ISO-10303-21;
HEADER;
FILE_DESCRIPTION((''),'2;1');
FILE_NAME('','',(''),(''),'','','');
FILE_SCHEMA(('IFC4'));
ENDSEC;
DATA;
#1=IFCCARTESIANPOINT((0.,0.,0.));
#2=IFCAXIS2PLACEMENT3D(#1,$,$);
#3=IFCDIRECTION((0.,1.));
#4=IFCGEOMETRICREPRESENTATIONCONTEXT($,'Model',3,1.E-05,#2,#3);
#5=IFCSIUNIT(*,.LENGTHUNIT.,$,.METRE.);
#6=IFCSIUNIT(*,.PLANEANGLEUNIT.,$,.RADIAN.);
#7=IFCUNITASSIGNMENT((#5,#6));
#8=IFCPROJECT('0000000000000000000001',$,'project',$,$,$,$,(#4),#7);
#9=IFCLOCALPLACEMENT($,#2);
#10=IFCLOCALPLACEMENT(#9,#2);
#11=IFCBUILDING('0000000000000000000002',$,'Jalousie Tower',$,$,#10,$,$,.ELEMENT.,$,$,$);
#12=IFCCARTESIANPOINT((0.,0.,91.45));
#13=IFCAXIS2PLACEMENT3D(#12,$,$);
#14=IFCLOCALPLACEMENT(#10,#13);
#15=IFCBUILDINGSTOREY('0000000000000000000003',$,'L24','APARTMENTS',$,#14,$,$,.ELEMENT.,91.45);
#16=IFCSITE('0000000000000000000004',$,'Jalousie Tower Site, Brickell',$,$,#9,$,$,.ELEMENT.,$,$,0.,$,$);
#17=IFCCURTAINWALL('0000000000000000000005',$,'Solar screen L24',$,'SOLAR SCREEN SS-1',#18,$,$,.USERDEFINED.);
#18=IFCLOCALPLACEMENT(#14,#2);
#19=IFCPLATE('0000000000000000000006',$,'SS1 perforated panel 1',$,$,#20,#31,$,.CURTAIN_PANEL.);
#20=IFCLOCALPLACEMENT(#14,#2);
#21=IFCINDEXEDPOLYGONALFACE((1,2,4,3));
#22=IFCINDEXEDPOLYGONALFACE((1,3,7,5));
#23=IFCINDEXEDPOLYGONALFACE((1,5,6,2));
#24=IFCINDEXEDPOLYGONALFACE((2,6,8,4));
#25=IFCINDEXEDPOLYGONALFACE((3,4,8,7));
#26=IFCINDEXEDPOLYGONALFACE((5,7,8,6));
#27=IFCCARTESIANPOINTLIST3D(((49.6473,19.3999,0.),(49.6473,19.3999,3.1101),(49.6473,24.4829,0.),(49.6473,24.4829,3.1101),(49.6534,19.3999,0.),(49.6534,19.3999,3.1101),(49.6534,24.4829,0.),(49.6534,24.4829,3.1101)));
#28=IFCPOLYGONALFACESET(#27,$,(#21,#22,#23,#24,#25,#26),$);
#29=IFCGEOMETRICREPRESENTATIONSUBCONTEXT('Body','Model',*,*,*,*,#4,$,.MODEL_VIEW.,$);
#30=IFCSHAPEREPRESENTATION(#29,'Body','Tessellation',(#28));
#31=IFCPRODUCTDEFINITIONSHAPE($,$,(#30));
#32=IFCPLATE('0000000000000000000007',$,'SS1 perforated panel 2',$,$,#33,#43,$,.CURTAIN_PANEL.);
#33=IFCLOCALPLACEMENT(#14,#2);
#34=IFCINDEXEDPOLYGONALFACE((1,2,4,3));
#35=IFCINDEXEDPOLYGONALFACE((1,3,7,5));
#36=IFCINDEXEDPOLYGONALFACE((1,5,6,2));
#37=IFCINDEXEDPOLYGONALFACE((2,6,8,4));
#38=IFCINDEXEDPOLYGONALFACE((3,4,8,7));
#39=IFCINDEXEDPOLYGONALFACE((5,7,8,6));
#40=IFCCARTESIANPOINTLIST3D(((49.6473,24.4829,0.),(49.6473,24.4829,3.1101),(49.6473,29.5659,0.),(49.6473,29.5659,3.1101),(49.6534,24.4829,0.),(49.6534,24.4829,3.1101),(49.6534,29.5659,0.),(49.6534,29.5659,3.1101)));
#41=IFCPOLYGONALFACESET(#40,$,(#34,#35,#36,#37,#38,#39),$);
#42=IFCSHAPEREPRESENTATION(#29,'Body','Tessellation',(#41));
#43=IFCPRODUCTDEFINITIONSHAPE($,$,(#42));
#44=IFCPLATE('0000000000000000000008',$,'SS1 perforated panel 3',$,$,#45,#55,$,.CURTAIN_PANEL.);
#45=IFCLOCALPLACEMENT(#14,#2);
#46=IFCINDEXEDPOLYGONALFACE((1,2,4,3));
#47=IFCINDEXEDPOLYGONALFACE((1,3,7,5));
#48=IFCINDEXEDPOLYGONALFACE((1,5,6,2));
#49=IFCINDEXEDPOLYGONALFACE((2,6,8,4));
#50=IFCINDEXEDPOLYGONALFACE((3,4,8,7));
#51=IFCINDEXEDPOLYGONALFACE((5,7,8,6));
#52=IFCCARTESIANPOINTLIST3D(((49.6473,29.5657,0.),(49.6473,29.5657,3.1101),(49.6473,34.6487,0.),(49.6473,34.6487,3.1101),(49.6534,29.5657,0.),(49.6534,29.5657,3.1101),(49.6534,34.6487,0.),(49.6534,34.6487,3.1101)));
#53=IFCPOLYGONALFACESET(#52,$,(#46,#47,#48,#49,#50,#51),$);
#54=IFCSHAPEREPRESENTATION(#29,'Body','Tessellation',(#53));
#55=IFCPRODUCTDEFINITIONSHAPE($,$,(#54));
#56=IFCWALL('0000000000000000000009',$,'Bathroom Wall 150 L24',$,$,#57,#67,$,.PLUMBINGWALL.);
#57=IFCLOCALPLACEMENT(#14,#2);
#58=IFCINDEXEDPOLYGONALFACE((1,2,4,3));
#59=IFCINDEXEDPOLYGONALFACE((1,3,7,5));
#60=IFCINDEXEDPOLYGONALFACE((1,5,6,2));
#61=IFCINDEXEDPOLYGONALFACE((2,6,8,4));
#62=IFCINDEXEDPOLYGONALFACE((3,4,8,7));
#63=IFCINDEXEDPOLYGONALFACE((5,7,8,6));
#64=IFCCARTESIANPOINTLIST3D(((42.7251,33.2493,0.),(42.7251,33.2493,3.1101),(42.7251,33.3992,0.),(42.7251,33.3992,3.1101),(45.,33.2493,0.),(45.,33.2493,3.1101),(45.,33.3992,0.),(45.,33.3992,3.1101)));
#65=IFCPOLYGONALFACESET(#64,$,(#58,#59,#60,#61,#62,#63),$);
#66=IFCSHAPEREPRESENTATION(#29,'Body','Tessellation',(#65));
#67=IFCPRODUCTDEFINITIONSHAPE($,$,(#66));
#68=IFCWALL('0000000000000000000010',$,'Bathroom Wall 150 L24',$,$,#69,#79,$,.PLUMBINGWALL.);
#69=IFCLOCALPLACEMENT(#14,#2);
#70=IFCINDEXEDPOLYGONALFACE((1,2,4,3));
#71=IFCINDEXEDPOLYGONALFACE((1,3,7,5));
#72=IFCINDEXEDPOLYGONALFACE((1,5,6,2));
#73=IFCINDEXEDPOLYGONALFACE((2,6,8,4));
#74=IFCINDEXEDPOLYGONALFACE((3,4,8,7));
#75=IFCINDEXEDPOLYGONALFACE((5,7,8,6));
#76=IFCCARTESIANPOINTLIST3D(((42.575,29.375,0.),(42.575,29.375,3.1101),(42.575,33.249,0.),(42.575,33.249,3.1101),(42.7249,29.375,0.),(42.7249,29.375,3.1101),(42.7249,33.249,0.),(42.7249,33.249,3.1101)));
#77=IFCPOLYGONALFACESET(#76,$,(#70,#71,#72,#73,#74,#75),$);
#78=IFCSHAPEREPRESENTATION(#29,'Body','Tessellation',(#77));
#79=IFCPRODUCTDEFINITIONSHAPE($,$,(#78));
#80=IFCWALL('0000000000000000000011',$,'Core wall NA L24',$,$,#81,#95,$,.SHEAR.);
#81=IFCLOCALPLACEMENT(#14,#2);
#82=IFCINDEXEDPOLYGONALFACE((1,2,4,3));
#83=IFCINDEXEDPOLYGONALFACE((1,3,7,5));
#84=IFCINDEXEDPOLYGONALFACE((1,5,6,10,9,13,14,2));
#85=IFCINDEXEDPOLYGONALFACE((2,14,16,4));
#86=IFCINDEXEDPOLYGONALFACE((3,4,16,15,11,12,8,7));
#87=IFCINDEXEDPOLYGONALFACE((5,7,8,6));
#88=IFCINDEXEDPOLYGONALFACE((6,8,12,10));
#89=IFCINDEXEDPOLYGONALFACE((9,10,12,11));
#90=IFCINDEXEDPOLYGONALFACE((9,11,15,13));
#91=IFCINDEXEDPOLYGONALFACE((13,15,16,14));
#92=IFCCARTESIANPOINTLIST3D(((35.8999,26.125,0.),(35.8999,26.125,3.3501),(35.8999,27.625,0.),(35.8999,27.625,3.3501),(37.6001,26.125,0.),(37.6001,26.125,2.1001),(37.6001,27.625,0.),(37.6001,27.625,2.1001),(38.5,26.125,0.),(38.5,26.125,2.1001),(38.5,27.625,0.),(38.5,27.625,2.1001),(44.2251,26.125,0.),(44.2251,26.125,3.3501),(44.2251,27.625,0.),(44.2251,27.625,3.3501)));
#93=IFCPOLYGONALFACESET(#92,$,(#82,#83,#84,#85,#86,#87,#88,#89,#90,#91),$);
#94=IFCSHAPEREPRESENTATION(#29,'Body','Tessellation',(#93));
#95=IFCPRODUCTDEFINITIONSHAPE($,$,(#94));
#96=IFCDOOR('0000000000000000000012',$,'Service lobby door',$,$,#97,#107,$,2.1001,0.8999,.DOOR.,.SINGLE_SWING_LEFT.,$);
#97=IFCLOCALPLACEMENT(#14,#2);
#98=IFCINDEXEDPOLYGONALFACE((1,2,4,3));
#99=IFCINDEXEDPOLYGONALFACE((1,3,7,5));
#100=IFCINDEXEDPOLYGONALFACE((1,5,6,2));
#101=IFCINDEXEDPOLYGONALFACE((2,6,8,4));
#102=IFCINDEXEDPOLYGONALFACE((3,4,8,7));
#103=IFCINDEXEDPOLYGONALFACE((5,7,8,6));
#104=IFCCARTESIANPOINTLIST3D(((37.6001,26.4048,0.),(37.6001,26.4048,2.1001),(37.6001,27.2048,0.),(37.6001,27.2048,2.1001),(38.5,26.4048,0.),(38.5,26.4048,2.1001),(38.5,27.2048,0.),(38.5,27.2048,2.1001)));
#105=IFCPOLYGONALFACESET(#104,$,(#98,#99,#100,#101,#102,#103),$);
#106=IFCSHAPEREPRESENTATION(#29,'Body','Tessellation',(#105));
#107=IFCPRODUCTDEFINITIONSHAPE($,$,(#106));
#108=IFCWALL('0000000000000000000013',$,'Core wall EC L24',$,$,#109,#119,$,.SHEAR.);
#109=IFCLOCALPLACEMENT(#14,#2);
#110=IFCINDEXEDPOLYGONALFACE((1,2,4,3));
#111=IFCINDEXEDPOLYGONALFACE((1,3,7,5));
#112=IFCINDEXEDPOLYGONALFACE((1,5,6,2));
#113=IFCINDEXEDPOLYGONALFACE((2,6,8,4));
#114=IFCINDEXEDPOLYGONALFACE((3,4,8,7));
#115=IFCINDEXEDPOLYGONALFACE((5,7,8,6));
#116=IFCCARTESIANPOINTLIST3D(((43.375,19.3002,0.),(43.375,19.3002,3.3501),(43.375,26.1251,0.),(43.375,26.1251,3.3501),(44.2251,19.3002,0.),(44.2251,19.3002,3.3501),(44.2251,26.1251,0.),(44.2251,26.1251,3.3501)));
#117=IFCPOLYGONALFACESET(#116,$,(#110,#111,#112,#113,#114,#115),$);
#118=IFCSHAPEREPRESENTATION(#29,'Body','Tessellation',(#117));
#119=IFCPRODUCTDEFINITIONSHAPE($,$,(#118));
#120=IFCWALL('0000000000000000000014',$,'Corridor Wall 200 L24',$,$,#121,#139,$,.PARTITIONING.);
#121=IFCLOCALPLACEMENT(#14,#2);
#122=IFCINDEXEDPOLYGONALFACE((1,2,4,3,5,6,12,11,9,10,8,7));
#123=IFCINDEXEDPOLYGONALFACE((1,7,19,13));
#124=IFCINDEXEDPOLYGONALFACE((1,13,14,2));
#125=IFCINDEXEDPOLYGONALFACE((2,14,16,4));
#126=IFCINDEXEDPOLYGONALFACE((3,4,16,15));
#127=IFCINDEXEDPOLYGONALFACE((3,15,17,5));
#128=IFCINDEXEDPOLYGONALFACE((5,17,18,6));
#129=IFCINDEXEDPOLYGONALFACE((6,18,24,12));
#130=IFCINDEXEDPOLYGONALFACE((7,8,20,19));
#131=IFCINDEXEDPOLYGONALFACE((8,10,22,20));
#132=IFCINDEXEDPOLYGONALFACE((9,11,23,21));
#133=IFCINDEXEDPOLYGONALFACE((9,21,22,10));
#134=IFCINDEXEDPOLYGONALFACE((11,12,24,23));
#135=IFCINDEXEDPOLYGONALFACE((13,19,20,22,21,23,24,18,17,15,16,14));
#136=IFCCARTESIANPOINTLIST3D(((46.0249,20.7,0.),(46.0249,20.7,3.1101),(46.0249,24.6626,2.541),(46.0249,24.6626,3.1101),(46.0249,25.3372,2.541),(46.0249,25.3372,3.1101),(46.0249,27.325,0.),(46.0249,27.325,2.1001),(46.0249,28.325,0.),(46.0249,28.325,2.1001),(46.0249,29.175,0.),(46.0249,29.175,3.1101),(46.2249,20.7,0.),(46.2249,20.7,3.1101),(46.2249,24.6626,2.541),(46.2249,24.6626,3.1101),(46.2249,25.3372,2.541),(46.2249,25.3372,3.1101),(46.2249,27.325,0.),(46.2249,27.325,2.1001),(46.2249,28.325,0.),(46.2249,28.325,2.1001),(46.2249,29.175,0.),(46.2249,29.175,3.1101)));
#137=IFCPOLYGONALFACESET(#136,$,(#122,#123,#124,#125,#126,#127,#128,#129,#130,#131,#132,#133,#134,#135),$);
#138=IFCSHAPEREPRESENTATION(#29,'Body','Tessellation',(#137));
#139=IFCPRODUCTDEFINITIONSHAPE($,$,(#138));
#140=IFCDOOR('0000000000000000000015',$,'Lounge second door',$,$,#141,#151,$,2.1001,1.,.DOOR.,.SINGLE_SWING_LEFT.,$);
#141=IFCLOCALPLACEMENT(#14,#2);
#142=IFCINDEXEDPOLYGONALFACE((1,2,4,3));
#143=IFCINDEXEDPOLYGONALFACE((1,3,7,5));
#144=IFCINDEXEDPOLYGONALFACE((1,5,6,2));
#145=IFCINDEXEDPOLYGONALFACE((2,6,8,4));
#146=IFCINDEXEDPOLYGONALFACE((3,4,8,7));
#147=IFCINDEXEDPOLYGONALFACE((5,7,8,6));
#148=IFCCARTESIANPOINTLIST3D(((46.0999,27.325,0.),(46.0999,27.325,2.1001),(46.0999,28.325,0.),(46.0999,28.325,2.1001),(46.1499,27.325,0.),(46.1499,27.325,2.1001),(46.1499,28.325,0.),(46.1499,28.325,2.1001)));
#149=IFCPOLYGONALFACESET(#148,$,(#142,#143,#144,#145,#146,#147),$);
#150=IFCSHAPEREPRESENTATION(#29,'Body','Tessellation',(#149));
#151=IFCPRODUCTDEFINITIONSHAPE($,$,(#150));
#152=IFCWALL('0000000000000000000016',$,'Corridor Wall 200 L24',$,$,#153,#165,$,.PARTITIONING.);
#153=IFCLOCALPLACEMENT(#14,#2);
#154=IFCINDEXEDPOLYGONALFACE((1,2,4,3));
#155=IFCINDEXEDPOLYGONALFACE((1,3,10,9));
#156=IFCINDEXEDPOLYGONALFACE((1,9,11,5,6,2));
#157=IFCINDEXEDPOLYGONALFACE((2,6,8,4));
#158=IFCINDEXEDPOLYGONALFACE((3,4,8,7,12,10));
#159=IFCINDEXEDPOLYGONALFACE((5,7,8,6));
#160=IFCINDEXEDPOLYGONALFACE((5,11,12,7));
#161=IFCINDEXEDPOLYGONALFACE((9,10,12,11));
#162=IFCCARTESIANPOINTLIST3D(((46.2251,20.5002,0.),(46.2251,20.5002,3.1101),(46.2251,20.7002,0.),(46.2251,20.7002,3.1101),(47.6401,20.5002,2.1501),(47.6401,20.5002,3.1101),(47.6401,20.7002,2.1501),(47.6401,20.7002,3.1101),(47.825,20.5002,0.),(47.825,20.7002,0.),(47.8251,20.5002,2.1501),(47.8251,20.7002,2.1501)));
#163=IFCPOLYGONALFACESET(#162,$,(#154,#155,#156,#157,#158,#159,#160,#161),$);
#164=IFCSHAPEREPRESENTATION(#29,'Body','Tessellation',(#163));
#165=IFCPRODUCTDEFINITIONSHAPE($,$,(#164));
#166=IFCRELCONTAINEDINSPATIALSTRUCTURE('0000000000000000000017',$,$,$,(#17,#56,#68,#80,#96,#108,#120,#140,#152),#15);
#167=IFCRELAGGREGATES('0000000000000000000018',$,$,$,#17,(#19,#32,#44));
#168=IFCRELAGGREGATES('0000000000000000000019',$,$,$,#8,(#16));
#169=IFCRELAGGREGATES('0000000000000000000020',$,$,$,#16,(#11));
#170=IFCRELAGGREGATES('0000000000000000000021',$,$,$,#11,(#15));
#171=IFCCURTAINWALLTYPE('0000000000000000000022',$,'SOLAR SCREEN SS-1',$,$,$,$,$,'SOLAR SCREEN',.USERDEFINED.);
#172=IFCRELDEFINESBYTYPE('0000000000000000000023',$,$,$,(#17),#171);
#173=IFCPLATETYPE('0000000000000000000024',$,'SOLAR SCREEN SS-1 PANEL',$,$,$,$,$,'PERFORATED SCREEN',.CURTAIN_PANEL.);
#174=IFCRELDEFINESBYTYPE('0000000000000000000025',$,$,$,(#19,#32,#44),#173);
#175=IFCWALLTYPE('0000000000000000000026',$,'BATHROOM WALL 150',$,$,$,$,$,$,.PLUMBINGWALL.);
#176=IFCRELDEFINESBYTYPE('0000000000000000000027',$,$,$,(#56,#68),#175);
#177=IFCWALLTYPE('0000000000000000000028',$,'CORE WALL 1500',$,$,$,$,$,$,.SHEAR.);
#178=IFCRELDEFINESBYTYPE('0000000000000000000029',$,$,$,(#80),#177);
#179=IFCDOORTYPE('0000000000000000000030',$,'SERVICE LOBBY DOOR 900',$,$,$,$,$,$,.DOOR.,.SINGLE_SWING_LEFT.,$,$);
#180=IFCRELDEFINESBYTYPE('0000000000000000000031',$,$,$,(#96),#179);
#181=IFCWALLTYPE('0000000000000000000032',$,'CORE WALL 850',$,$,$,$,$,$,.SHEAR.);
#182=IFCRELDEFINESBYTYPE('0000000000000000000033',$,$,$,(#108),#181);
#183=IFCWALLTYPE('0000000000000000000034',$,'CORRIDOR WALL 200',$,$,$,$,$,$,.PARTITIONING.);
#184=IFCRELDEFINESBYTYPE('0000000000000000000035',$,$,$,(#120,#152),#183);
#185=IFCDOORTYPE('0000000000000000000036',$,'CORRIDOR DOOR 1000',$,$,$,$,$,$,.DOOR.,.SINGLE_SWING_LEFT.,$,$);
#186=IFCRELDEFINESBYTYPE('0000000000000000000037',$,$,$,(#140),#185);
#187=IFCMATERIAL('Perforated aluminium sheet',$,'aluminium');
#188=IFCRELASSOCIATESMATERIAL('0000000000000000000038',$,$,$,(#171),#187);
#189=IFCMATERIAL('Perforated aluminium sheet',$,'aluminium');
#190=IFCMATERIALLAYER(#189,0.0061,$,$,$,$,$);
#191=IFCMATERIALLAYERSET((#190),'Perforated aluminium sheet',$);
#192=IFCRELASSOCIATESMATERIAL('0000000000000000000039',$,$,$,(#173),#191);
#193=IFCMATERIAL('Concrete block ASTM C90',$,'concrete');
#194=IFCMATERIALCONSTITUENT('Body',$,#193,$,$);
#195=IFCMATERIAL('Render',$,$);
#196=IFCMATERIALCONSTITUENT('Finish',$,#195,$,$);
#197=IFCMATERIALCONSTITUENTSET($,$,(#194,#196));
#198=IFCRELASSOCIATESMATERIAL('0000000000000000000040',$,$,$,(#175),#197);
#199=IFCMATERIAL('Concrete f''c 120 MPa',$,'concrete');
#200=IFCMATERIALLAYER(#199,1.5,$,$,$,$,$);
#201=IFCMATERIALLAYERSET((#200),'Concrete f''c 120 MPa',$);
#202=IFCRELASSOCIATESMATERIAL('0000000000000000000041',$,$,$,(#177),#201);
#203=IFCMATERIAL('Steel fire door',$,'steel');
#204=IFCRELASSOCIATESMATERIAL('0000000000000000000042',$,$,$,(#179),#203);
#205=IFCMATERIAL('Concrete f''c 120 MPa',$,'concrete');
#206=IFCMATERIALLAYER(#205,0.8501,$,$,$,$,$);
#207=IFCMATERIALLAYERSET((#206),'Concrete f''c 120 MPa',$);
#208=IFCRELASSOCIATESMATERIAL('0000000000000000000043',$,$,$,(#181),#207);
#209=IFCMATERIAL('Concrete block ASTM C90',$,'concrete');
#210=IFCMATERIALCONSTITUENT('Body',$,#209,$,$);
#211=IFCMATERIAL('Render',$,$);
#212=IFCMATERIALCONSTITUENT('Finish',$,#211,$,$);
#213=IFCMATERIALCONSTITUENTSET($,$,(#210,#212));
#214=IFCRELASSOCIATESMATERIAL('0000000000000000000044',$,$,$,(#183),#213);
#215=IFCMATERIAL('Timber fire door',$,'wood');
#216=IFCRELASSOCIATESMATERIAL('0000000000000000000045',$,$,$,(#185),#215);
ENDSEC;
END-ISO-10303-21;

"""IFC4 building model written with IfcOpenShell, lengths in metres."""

from ifc_helpers import new_model, si_unit, direction, frame, frame_2d, origin, origin_2d, place, context, subcontext, project, spatial, polyline, rectangle, outline, extrude, material, layer, layer_set, constituent, constituent_set, type_object, element, fill, aggregate, save


model = new_model("IFC4")

# Units and contexts
model_context = context("Model", 3, precision=1e-05, world=origin(), true_north=direction((0.0, 1.0)))
body_context = subcontext(model_context, "Body", "Model", "MODEL_VIEW")
ifc_project = project(units=[si_unit("LENGTHUNIT", "METRE"), si_unit("PLANEANGLEUNIT", "RADIAN")], contexts=[model_context])

# Site, building, storey
site_placement = place(None, origin())
site = spatial("IfcSite", under=ifc_project, at=site_placement, Name="Jalousie Tower Site, Brickell", CompositionType="ELEMENT", RefElevation=0.0)
building_placement = place(site_placement, origin())
building = spatial("IfcBuilding", under=site, at=building_placement, Name="Jalousie Tower", CompositionType="ELEMENT")
storey_placement = place(building_placement, frame((0.0, 0.0, 91.45)))
storey = spatial("IfcBuildingStorey", under=building, at=storey_placement, Name="L24", Description="APARTMENTS", CompositionType="ELEMENT", Elevation=91.45)

# Curtain wall, plates
ifc_material_1 = material(Name="Perforated aluminium sheet", Category="aluminium")
curtain_wall_type = type_object("IfcCurtainWallType", Name="SOLAR SCREEN SS-1", ElementType="SOLAR SCREEN", PredefinedType="USERDEFINED", material=ifc_material_1)
curtain_wall_placement = place(storey_placement, origin())
curtain_wall = element("IfcCurtainWall", 1, at=curtain_wall_placement, inside=storey, type_object=curtain_wall_type, Name="Solar screen L24", ObjectType="SOLAR SCREEN SS-1", PredefinedType="USERDEFINED")
ifc_material_2 = material(Name="Perforated aluminium sheet", Category="aluminium")
ifc_layer_1 = layer(ifc_material_2, 0.0061)
ifc_layer_set_1 = layer_set([ifc_layer_1], Name="Perforated aluminium sheet")
plate_type = type_object("IfcPlateType", Name="SOLAR SCREEN SS-1 PANEL", ElementType="PERFORATED SCREEN", PredefinedType="CURTAIN_PANEL", material=ifc_layer_set_1)
plate_1_placement = place(storey_placement, frame((49.6504, 21.9414, 0.0), z_axis=(0.0, 0.0, 1.0), x_axis=(0.0, 1.0, 0.0)))
plate_1 = element("IfcPlate", 2, at=plate_1_placement, type_object=plate_type, Name="SS1 perforated panel 1", PredefinedType="CURTAIN_PANEL", context=body_context, shape_type="SweptSolid", body=[
    extrude(rectangle(XDim=5.083, YDim=0.0061, at=origin_2d()), origin(), (0.0, 0.0, 1.0), 3.1101),
])
plate_2_placement = place(storey_placement, frame((49.6504, 27.0244, 0.0), z_axis=(0.0, 0.0, 1.0), x_axis=(0.0, 1.0, 0.0)))
plate_2 = element("IfcPlate", 3, at=plate_2_placement, type_object=plate_type, Name="SS1 perforated panel 2", PredefinedType="CURTAIN_PANEL", context=body_context, shape_type="SweptSolid", body=[
    extrude(rectangle(XDim=5.083, YDim=0.0061, at=origin_2d()), origin(), (0.0, 0.0, 1.0), 3.1101),
])
plate_3_placement = place(storey_placement, frame((49.6504, 32.1072, 0.0), z_axis=(0.0, 0.0, 1.0), x_axis=(0.0, 1.0, 0.0)))
plate_3 = element("IfcPlate", 4, at=plate_3_placement, type_object=plate_type, Name="SS1 perforated panel 3", PredefinedType="CURTAIN_PANEL", context=body_context, shape_type="SweptSolid", body=[
    extrude(rectangle(XDim=5.083, YDim=0.0061, at=origin_2d()), origin(), (0.0, 0.0, 1.0), 3.1101),
])
aggregate(curtain_wall, [plate_1, plate_2, plate_3])

# Walls
ifc_material_3 = material(Name="Concrete block ASTM C90", Category="concrete")
ifc_constituent_1 = constituent(ifc_material_3, Name="Body")
ifc_material_4 = material(Name="Render")
ifc_constituent_2 = constituent(ifc_material_4, Name="Finish")
ifc_constituent_set_1 = constituent_set(constituents=[ifc_constituent_1, ifc_constituent_2])
wall_type_1 = type_object("IfcWallType", Name="BATHROOM WALL 150", PredefinedType="PLUMBINGWALL", material=ifc_constituent_set_1)
wall_1_placement = place(storey_placement, frame((42.7251, 33.3242, 0.0), z_axis=(0.0, 0.0, 1.0), x_axis=(1.0, 0.0, 0.0)))
element("IfcWall", 5, at=wall_1_placement, inside=storey, type_object=wall_type_1, Name="Bathroom Wall 150 L24", PredefinedType="PLUMBINGWALL", context=body_context, shape_type="SweptSolid", body=[
    extrude(rectangle(XDim=2.2749, YDim=0.1499, at=frame_2d((1.1375, 0.0))), origin(), (0.0, 0.0, 1.0), 3.1101),
])
wall_2_placement = place(storey_placement, frame((42.6499, 33.249, 0.0), z_axis=(0.0, 0.0, 1.0), x_axis=(0.0, -1.0, 0.0)))
element("IfcWall", 6, at=wall_2_placement, inside=storey, type_object=wall_type_1, Name="Bathroom Wall 150 L24", PredefinedType="PLUMBINGWALL", context=body_context, shape_type="SweptSolid", body=[
    extrude(rectangle(XDim=3.874, YDim=0.1499, at=frame_2d((1.937, 0.0))), origin(), (0.0, 0.0, 1.0), 3.1101),
])

# Wall, opening, door
ifc_material_5 = material(Name="Concrete f'c 120 MPa", Category="concrete")
ifc_layer_2 = layer(ifc_material_5, 1.5)
ifc_layer_set_2 = layer_set([ifc_layer_2], Name="Concrete f'c 120 MPa")
wall_type_2 = type_object("IfcWallType", Name="CORE WALL 1500", PredefinedType="SHEAR", material=ifc_layer_set_2)
wall_3_placement = place(storey_placement, frame((44.2251, 26.875, 0.0), z_axis=(0.0, 0.0, 1.0), x_axis=(-1.0, 0.0, 0.0)))
wall_3 = element("IfcWall", 7, at=wall_3_placement, inside=storey, type_object=wall_type_2, Name="Core wall NA L24", PredefinedType="SHEAR", context=body_context, shape_type="SweptSolid", body=[
    extrude(rectangle(XDim=8.3252, YDim=1.5, at=frame_2d((4.1626, 0.0))), origin(), (0.0, 0.0, 1.0), 3.3501),
])
opening_1_placement = place(wall_3_placement, frame((5.7251, 0.0, 0.0)))
opening_1 = element("IfcOpeningElement", 8, at=opening_1_placement, cuts=wall_3, PredefinedType="OPENING", context=body_context, shape_type="SweptSolid", body=[
    extrude(rectangle(XDim=0.8999, YDim=2.1001, at=frame_2d((0.45, 1.05))), frame((0.0, 0.76, 0.0), z_axis=(0.0, -1.0, 0.0), x_axis=(1.0, 0.0, 0.0)), (0.0, 0.0, 1.0), 1.52),
])
ifc_material_6 = material(Name="Steel fire door", Category="steel")
door_type_1 = type_object("IfcDoorType", Name="SERVICE LOBBY DOOR 900", OperationType="SINGLE_SWING_LEFT", PredefinedType="DOOR", material=ifc_material_6)
door_1_placement = place(opening_1_placement, origin())
door_1 = element("IfcDoor", 9, at=door_1_placement, inside=storey, type_object=door_type_1, Name="Service lobby door", OperationType="SINGLE_SWING_LEFT", OverallHeight=2.1001, OverallWidth=0.8999, PredefinedType="DOOR", context=body_context, shape_type="SweptSolid", body=[
    extrude(rectangle(XDim=0.8999, YDim=2.1001, at=frame_2d((0.45, 1.05))), frame((0.0, 0.4702, 0.0), z_axis=(0.0, -1.0, 0.0), x_axis=(1.0, 0.0, 0.0)), (0.0, 0.0, 1.0), 0.8),
])
fill(opening_1, door_1)

# Wall
ifc_material_7 = material(Name="Concrete f'c 120 MPa", Category="concrete")
ifc_layer_3 = layer(ifc_material_7, 0.8501)
ifc_layer_set_3 = layer_set([ifc_layer_3], Name="Concrete f'c 120 MPa")
wall_type_3 = type_object("IfcWallType", Name="CORE WALL 850", PredefinedType="SHEAR", material=ifc_layer_set_3)
wall_4_placement = place(storey_placement, frame((43.8, 19.3, 0.0), z_axis=(0.0, 0.0, 1.0), x_axis=(0.0, 1.0, 0.0)))
element("IfcWall", 10, at=wall_4_placement, inside=storey, type_object=wall_type_3, Name="Core wall EC L24", PredefinedType="SHEAR", context=body_context, shape_type="SweptSolid", body=[
    extrude(rectangle(XDim=6.825, YDim=0.8501, at=frame_2d((3.4126, 0.0))), origin(), (0.0, 0.0, 1.0), 3.3501),
])

# Wall, opening, door
ifc_material_8 = material(Name="Concrete block ASTM C90", Category="concrete")
ifc_constituent_3 = constituent(ifc_material_8, Name="Body")
ifc_material_9 = material(Name="Render")
ifc_constituent_4 = constituent(ifc_material_9, Name="Finish")
ifc_constituent_set_2 = constituent_set(constituents=[ifc_constituent_3, ifc_constituent_4])
wall_type_4 = type_object("IfcWallType", Name="CORRIDOR WALL 200", PredefinedType="PARTITIONING", material=ifc_constituent_set_2)
wall_5_placement = place(storey_placement, frame((46.125, 20.7, 0.0), z_axis=(0.0, 0.0, 1.0), x_axis=(0.0, 1.0, 0.0)))
wall_5 = element("IfcWall", 11, at=wall_5_placement, inside=storey, type_object=wall_type_4, Name="Corridor Wall 200 L24", PredefinedType="PARTITIONING", context=body_context, shape_type="SweptSolid", body=[
    extrude(outline(polyline([(0.0, 0.0), (8.4751, 0.0), (8.4751, 3.1101), (4.6372, 3.1101), (4.6372, 2.541), (3.9626, 2.541), (3.9626, 3.1101), (0.0, 3.1101), (0.0, 0.0)])), frame((0.0, 0.1001, 0.0), z_axis=(0.0, -1.0, 0.0), x_axis=(1.0, 0.0, 0.0)), (0.0, 0.0, 1.0), 0.2),
])
opening_2_placement = place(wall_5_placement, frame((6.625, 0.0, 0.0)))
opening_2 = element("IfcOpeningElement", 12, at=opening_2_placement, cuts=wall_5, PredefinedType="OPENING", context=body_context, shape_type="SweptSolid", body=[
    extrude(rectangle(XDim=1.0, YDim=2.1001, at=frame_2d((0.5, 1.05))), frame((0.0, 0.1099, 0.0), z_axis=(0.0, -1.0, 0.0), x_axis=(1.0, 0.0, 0.0)), (0.0, 0.0, 1.0), 0.22),
])
ifc_material_10 = material(Name="Timber fire door", Category="wood")
door_type_2 = type_object("IfcDoorType", Name="CORRIDOR DOOR 1000", OperationType="SINGLE_SWING_LEFT", PredefinedType="DOOR", material=ifc_material_10)
door_2_placement = place(opening_2_placement, frame((1.0, 0.0, 0.0), z_axis=(0.0, 0.0, 1.0), x_axis=(-1.0, 0.0, 0.0)))
door_2 = element("IfcDoor", 13, at=door_2_placement, inside=storey, type_object=door_type_2, Name="Lounge second door", OperationType="SINGLE_SWING_LEFT", OverallHeight=2.1001, OverallWidth=1.0, PredefinedType="DOOR", context=body_context, shape_type="SweptSolid", body=[
    extrude(rectangle(XDim=1.0, YDim=2.1001, at=frame_2d((0.5, 1.05))), frame((0.0, 0.0249, 0.0), z_axis=(0.0, -1.0, 0.0), x_axis=(1.0, 0.0, 0.0)), (0.0, 0.0, 1.0), 0.05),
])
fill(opening_2, door_2)

# Wall
wall_6_placement = place(storey_placement, frame((46.2251, 20.6001, 0.0), z_axis=(0.0, 0.0, 1.0), x_axis=(1.0, 0.0, 0.0)))
element("IfcWall", 14, at=wall_6_placement, inside=storey, type_object=wall_type_4, Name="Corridor Wall 200 L24", PredefinedType="PARTITIONING", context=body_context, shape_type="SweptSolid", body=[
    extrude(outline(polyline([(0.0, 0.0), (1.5999, 0.0), (1.6001, 3.1101), (1.6001, 2.1501), (1.415, 2.1501), (1.415, 3.1101), (0.0, 3.1101), (0.0, 0.0)])), frame((0.0, 0.1001, 0.0), z_axis=(0.0, -1.0, 0.0), x_axis=(1.0, 0.0, 0.0)), (0.0, 0.0, 1.0), 0.2),
])

save(model, "model.ifc")
